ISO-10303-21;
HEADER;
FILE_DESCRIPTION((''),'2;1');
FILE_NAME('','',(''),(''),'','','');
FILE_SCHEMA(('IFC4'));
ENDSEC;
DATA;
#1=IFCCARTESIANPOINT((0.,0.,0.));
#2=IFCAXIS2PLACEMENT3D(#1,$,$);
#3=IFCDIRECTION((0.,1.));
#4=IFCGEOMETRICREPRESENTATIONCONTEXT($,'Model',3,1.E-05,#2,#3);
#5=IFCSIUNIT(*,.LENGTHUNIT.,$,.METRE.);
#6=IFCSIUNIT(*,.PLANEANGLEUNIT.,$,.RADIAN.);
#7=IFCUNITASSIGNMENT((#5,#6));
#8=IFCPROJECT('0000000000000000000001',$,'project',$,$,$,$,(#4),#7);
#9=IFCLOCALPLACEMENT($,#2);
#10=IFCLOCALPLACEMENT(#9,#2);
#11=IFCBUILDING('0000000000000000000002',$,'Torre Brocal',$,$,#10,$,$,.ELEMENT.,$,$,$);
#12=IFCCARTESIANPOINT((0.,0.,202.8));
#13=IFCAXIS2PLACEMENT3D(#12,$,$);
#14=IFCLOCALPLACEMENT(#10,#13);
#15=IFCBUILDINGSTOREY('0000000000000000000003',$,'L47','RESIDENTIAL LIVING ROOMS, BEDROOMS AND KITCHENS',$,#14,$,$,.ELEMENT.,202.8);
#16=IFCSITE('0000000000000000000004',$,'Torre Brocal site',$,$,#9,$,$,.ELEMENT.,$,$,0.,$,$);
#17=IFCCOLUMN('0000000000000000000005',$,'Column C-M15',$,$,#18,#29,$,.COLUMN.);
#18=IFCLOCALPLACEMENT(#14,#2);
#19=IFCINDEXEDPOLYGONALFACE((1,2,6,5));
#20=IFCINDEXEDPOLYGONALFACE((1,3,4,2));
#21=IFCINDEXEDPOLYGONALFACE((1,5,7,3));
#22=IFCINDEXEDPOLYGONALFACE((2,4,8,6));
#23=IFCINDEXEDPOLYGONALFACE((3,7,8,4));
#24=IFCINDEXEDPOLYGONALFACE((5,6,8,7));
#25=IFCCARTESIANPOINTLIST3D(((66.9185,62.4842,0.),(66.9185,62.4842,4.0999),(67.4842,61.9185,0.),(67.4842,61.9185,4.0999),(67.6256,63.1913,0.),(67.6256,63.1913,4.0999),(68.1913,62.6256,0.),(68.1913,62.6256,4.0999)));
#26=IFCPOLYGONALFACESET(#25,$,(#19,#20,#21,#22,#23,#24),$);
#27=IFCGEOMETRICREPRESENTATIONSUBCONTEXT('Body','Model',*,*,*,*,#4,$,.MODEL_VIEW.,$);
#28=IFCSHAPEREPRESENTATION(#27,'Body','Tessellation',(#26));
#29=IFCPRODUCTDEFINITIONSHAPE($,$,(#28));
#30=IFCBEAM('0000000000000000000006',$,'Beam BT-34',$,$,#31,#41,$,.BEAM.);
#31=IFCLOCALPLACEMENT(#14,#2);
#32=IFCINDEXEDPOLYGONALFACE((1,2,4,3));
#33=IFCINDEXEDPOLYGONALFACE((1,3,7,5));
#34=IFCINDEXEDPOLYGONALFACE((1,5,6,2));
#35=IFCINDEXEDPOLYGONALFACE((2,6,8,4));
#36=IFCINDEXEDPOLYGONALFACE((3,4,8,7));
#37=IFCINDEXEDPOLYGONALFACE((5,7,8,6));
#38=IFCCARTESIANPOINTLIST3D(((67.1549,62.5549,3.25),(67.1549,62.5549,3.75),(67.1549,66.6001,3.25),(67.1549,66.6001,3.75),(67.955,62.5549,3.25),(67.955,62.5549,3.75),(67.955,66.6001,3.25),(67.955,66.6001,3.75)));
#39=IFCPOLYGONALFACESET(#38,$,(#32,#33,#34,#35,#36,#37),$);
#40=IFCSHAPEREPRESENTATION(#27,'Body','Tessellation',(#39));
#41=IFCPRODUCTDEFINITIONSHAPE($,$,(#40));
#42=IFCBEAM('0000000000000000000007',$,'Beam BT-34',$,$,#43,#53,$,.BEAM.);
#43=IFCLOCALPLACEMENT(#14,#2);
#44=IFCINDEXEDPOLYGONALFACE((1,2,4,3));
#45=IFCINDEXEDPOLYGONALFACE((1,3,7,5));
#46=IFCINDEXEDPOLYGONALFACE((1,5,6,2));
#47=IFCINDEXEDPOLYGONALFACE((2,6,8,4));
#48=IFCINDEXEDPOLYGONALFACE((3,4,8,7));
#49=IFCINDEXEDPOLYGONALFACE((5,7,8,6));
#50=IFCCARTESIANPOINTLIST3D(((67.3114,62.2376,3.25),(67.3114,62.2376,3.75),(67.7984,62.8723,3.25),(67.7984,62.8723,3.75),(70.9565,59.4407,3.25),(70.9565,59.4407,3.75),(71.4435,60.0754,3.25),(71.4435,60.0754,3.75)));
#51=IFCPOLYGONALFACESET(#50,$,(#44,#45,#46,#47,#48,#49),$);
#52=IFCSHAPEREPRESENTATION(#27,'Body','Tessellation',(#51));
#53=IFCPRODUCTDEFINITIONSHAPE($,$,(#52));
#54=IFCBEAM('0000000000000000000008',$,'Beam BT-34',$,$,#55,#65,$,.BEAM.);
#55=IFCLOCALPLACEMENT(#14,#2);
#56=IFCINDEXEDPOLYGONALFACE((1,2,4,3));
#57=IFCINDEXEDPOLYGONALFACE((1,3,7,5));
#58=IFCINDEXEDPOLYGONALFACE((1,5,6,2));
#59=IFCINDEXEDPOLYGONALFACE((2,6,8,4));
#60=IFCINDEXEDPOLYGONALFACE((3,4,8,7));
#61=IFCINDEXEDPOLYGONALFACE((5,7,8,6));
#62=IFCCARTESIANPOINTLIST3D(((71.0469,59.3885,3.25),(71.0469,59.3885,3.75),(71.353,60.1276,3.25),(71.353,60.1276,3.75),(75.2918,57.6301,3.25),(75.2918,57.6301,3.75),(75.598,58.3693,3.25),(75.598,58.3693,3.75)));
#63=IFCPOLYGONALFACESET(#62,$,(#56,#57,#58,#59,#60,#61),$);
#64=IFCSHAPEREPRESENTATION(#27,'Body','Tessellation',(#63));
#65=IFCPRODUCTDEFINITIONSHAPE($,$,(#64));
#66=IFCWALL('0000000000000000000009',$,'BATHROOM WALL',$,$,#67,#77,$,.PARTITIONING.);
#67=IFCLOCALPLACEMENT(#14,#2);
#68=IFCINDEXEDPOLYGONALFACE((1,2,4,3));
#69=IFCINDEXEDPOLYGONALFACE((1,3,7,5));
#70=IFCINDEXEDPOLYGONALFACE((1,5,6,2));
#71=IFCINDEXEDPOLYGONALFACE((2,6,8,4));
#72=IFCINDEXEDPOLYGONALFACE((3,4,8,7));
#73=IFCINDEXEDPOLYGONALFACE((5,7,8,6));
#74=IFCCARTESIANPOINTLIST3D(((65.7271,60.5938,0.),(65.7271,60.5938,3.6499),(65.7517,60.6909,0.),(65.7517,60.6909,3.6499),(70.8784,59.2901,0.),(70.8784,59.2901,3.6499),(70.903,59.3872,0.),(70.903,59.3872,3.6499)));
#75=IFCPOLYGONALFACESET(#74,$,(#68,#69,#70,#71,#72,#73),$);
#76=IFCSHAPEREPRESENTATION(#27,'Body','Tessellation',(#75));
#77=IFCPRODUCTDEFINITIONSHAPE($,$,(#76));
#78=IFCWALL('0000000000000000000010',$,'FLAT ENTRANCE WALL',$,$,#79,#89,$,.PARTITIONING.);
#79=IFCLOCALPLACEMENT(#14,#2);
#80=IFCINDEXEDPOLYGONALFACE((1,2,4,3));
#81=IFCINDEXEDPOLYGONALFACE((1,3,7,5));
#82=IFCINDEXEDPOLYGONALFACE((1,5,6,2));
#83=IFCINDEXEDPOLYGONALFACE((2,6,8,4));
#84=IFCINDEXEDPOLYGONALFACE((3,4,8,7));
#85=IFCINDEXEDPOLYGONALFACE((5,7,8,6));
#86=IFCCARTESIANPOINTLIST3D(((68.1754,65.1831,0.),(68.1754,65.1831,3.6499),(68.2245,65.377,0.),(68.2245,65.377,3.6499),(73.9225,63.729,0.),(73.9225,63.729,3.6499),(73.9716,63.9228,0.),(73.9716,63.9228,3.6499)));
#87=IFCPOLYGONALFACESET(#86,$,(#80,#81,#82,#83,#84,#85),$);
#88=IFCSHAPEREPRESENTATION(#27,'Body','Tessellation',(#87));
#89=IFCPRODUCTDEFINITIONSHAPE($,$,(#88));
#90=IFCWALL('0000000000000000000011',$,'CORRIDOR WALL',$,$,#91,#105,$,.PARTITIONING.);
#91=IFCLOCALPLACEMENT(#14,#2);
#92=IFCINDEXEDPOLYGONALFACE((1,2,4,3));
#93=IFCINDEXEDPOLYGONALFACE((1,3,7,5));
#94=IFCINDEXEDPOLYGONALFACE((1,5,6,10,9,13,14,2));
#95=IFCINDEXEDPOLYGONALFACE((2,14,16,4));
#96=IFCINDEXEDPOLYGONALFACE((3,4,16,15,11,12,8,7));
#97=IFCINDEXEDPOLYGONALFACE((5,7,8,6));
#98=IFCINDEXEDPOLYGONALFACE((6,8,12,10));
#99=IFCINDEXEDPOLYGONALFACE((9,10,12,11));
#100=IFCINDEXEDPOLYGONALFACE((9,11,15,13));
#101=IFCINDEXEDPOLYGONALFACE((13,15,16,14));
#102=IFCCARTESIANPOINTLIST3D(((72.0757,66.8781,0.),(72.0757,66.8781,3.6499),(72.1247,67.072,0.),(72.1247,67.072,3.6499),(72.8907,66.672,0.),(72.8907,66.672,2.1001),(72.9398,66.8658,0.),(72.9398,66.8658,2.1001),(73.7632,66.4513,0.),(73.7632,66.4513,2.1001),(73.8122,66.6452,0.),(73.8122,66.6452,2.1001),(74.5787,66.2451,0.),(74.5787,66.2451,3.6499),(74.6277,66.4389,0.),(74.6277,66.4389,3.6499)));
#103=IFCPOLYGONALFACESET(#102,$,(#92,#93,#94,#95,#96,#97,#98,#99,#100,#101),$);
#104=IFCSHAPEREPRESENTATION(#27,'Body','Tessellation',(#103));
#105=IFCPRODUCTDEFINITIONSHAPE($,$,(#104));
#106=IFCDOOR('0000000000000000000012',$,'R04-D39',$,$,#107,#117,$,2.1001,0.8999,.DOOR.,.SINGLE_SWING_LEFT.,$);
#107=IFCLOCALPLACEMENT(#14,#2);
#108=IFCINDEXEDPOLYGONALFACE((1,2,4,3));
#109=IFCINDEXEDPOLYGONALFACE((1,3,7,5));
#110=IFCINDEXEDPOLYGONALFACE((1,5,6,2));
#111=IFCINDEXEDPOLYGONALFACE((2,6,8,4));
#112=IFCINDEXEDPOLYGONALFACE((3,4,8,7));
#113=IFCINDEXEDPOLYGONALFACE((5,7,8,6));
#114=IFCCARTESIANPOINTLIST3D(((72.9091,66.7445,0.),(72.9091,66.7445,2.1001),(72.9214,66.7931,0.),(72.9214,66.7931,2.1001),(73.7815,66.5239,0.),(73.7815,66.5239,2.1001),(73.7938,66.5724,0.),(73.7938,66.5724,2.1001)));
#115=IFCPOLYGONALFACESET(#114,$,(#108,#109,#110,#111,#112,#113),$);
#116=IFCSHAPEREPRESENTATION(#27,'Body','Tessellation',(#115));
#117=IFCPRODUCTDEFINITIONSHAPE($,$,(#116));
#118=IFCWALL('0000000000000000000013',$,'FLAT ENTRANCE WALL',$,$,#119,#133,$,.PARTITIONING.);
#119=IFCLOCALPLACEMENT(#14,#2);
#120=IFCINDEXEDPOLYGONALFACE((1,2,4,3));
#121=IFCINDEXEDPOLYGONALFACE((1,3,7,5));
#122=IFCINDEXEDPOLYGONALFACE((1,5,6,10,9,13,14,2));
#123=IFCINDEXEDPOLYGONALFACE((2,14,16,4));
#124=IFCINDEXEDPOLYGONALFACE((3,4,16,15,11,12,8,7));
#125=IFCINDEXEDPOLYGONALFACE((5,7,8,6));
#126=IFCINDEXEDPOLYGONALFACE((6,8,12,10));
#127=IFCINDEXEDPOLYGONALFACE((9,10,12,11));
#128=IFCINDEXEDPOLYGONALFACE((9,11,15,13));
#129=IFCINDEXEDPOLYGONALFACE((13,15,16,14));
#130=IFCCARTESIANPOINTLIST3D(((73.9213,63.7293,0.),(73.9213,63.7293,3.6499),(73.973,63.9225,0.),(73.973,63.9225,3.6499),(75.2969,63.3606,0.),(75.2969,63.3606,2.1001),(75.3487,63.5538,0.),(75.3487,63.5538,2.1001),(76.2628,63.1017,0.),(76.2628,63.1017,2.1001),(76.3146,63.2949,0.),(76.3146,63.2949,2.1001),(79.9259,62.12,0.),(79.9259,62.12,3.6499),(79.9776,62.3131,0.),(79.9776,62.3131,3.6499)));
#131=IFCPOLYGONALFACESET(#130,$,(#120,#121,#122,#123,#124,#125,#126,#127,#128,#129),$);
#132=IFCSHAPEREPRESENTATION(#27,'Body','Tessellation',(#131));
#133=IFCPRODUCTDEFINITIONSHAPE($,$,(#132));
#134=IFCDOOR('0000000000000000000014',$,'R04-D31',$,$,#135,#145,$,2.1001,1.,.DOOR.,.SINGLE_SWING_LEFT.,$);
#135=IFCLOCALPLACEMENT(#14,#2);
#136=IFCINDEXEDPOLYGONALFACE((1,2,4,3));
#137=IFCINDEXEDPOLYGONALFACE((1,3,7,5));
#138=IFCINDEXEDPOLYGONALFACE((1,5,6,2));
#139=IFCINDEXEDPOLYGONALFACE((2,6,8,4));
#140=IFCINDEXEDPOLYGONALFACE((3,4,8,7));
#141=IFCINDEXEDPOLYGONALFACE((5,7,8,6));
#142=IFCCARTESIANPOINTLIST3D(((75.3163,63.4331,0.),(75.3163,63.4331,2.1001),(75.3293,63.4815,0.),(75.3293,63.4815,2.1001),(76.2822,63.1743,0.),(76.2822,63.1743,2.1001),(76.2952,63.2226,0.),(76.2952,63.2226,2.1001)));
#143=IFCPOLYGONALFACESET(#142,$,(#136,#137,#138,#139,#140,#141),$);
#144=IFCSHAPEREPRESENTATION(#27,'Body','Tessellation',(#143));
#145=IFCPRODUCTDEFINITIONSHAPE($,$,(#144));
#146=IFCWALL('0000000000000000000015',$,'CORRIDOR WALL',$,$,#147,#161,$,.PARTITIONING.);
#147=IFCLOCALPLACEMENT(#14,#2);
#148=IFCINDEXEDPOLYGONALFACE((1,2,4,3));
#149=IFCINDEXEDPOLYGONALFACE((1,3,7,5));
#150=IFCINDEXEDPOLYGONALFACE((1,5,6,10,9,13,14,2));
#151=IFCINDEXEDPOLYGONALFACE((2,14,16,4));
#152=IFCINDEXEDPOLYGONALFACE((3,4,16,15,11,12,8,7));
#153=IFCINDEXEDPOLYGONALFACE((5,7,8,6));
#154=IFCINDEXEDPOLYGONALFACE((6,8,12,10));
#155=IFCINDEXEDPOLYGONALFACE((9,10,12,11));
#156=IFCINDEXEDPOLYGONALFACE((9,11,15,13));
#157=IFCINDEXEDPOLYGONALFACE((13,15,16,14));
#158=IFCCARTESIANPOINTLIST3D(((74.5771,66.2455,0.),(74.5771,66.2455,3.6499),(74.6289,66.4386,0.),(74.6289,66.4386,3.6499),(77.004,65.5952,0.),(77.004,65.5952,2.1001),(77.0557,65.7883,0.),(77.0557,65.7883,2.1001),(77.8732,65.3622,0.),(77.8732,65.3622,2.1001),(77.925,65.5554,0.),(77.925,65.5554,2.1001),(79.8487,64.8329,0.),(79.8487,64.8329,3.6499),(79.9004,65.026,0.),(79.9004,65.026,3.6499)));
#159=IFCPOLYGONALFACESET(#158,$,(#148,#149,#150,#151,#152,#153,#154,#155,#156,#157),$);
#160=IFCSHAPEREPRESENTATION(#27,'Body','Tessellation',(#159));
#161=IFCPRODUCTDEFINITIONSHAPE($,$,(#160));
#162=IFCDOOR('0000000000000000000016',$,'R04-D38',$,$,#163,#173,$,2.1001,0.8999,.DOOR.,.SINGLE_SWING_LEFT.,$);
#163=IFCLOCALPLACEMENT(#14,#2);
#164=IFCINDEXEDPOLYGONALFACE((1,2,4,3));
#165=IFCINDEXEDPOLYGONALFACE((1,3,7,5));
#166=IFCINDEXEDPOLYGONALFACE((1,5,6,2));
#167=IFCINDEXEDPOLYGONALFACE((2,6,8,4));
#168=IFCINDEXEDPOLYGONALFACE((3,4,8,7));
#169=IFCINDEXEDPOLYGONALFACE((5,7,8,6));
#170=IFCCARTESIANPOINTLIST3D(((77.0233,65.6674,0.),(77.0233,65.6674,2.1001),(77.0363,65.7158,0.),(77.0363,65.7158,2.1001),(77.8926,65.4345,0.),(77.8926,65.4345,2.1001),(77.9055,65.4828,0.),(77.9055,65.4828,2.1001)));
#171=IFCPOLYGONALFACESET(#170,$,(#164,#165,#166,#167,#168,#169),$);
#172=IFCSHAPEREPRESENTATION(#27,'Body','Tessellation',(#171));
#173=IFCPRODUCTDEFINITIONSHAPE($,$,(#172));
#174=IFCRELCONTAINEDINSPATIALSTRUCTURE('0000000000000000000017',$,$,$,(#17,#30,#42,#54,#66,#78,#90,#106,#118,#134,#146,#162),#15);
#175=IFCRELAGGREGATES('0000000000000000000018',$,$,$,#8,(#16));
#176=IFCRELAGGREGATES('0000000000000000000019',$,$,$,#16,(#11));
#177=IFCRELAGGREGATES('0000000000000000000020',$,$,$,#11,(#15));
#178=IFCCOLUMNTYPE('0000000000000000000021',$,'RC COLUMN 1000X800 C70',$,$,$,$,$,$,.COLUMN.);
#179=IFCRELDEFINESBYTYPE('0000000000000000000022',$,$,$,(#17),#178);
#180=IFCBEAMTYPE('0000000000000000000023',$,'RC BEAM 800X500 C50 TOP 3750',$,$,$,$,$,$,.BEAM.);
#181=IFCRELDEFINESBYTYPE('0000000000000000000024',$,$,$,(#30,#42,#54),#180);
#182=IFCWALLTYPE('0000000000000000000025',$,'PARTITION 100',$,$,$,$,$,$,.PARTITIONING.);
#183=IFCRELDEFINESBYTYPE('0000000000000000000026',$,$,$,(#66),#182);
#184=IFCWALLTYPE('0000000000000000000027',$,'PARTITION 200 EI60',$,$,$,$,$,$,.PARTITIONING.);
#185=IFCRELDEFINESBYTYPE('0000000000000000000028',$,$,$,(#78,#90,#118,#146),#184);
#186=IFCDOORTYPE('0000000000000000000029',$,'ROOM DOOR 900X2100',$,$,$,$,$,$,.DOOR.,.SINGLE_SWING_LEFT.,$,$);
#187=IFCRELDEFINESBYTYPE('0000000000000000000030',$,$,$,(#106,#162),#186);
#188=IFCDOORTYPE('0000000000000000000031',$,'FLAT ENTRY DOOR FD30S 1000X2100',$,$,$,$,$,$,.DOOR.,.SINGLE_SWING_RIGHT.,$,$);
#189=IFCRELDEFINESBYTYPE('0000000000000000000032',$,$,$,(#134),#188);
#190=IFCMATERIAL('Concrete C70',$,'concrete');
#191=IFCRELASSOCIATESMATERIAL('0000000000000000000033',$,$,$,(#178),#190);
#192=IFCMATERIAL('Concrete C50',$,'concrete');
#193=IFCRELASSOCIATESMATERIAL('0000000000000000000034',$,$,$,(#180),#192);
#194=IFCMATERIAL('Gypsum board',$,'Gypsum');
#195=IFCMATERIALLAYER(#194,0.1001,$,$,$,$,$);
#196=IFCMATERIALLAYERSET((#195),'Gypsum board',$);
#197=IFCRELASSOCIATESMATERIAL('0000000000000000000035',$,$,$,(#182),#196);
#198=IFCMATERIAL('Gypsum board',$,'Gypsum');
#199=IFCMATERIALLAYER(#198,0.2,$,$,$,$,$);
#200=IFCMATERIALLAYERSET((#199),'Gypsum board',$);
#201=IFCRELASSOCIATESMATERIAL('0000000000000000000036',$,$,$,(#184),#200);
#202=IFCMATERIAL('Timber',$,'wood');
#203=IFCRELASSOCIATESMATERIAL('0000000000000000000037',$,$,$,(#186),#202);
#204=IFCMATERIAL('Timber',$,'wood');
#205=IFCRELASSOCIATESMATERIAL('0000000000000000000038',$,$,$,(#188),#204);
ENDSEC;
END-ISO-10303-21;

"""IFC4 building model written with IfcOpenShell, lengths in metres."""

from ifc_helpers import new_model, si_unit, direction, frame, frame_2d, origin, origin_2d, place, context, subcontext, project, spatial, rectangle, extrude, material, layer, layer_set, material_profile, profile_set, type_object, element, fill, save


model = new_model("IFC4")

# Units and contexts
model_context = context("Model", 3, precision=1e-05, world=origin(), true_north=direction((0.0, 1.0)))
body_context = subcontext(model_context, "Body", "Model", "MODEL_VIEW")
ifc_project = project(units=[si_unit("LENGTHUNIT", "METRE"), si_unit("PLANEANGLEUNIT", "RADIAN")], contexts=[model_context])

# Site, building, storey
site_placement = place(None, origin())
site = spatial("IfcSite", under=ifc_project, at=site_placement, Name="Torre Brocal site", CompositionType="ELEMENT", RefElevation=0.0)
building_placement = place(site_placement, origin())
building = spatial("IfcBuilding", under=site, at=building_placement, Name="Torre Brocal", CompositionType="ELEMENT")
storey_placement = place(building_placement, frame((0.0, 0.0, 202.8)))
storey = spatial("IfcBuildingStorey", under=building, at=storey_placement, Name="L47", Description="RESIDENTIAL LIVING ROOMS, BEDROOMS AND KITCHENS", CompositionType="ELEMENT", Elevation=202.8)

# Column
ifc_material_1 = material(Name="Concrete C70", Category="concrete")
ifc_material_profile_1 = material_profile(ifc_material_1, rectangle(XDim=1.0, YDim=0.8, at=origin_2d()), Name="RC 1000X800")
ifc_profile_set_1 = profile_set([ifc_material_profile_1], Name="Concrete C70")
column_type = type_object("IfcColumnType", Name="RC COLUMN 1000X800 C70", PredefinedType="COLUMN", material=ifc_profile_set_1)
column_placement = place(storey_placement, frame((67.5549, 62.5549, 0.0), z_axis=(0.0, 0.0, 1.0), x_axis=(-0.707107, -0.707107, 0.0)))
element("IfcColumn", 1, at=column_placement, inside=storey, type_object=column_type, Name="Column C-M15", PredefinedType="COLUMN", context=body_context, shape_type="SweptSolid", body=[
    extrude(rectangle(XDim=1.0, YDim=0.8, at=origin_2d()), origin(), (0.0, 0.0, 1.0), 4.0999),
])

# Beams
ifc_material_2 = material(Name="Concrete C50", Category="concrete")
ifc_material_profile_2 = material_profile(ifc_material_2, rectangle(XDim=0.8, YDim=0.5, at=origin_2d()), Name="RC 800X500")
ifc_profile_set_2 = profile_set([ifc_material_profile_2], Name="Concrete C50")
beam_type = type_object("IfcBeamType", Name="RC BEAM 800X500 C50 TOP 3750", PredefinedType="BEAM", material=ifc_profile_set_2)
beam_1_placement = place(storey_placement, frame((67.5549, 62.5549, 3.5), z_axis=(0.0, 1.0, 0.0), x_axis=(-1.0, 0.0, 0.0)))
element("IfcBeam", 2, at=beam_1_placement, inside=storey, type_object=beam_type, Name="Beam BT-34", PredefinedType="BEAM", context=body_context, shape_type="SweptSolid", body=[
    extrude(rectangle(XDim=0.8, YDim=0.5, at=origin_2d()), origin(), (0.0, 0.0, 1.0), 4.0452),
])
beam_2_placement = place(storey_placement, frame((67.5549, 62.5549, 3.5), z_axis=(0.793358, -0.608755, 0.0), x_axis=(0.608755, 0.793358, 0.0)))
element("IfcBeam", 3, at=beam_2_placement, inside=storey, type_object=beam_type, Name="Beam BT-34", PredefinedType="BEAM", context=body_context, shape_type="SweptSolid", body=[
    extrude(rectangle(XDim=0.8, YDim=0.5, at=origin_2d()), origin(), (0.0, 0.0, 1.0), 4.5945),
])
beam_3_placement = place(storey_placement, frame((71.2, 59.7581, 3.5), z_axis=(0.923878, -0.382687, 0.0), x_axis=(0.382687, 0.923878, 0.0)))
element("IfcBeam", 4, at=beam_3_placement, inside=storey, type_object=beam_type, Name="Beam BT-34", PredefinedType="BEAM", context=body_context, shape_type="SweptSolid", body=[
    extrude(rectangle(XDim=0.8, YDim=0.5, at=origin_2d()), origin(), (0.0, 0.0, 1.0), 4.5947),
])

# Walls
ifc_material_3 = material(Name="Gypsum board", Category="Gypsum")
ifc_layer_1 = layer(ifc_material_3, 0.1001)
ifc_layer_set_1 = layer_set([ifc_layer_1], Name="Gypsum board")
wall_type_1 = type_object("IfcWallType", Name="PARTITION 100", PredefinedType="PARTITIONING", material=ifc_layer_set_1)
wall_1_placement = place(storey_placement, frame((65.7395, 60.6423, 0.0), z_axis=(0.0, 0.0, 1.0), x_axis=(0.969436, -0.245345, 0.0)))
element("IfcWall", 5, at=wall_1_placement, inside=storey, type_object=wall_type_1, Name="BATHROOM WALL", PredefinedType="PARTITIONING", context=body_context, shape_type="SweptSolid", body=[
    extrude(rectangle(XDim=5.3137, YDim=0.1001, at=frame_2d((2.6567, 0.0))), origin(), (0.0, 0.0, 1.0), 3.6499),
])
ifc_material_4 = material(Name="Gypsum board", Category="Gypsum")
ifc_layer_2 = layer(ifc_material_4, 0.2)
ifc_layer_set_2 = layer_set([ifc_layer_2], Name="Gypsum board")
wall_type_2 = type_object("IfcWallType", Name="PARTITION 200 EI60", PredefinedType="PARTITIONING", material=ifc_layer_set_2)
wall_2_placement = place(storey_placement, frame((68.2, 65.28, 0.0), z_axis=(0.0, 0.0, 1.0), x_axis=(0.969451, -0.245287, 0.0)))
element("IfcWall", 6, at=wall_2_placement, inside=storey, type_object=wall_type_2, Name="FLAT ENTRANCE WALL", PredefinedType="PARTITIONING", context=body_context, shape_type="SweptSolid", body=[
    extrude(rectangle(XDim=5.9282, YDim=0.2, at=frame_2d((2.9641, 0.0))), origin(), (0.0, 0.0, 1.0), 3.6499),
])

# Walls, openings, doors
wall_3_placement = place(storey_placement, frame((72.1001, 66.9751, 0.0), z_axis=(0.0, 0.0, 1.0), x_axis=(0.969471, -0.245205, 0.0)))
wall_3 = element("IfcWall", 7, at=wall_3_placement, inside=storey, type_object=wall_type_2, Name="CORRIDOR WALL", PredefinedType="PARTITIONING", context=body_context, shape_type="SweptSolid", body=[
    extrude(rectangle(XDim=2.5818, YDim=0.2, at=frame_2d((1.291, 0.0))), origin(), (0.0, 0.0, 1.0), 3.6499),
])
opening_1_placement = place(wall_3_placement, frame((0.8408, 0.0, 0.0)))
opening_1 = element("IfcOpeningElement", 8, at=opening_1_placement, cuts=wall_3, PredefinedType="OPENING", context=body_context, shape_type="SweptSolid", body=[
    extrude(rectangle(XDim=0.8999, YDim=2.1001, at=frame_2d((0.45, 1.05))), frame((0.0, 0.1099, 0.0), z_axis=(0.0, -1.0, 0.0), x_axis=(1.0, 0.0, 0.0)), (0.0, 0.0, 1.0), 0.22),
])
ifc_material_5 = material(Name="Timber", Category="wood")
door_type_1 = type_object("IfcDoorType", Name="ROOM DOOR 900X2100", OperationType="SINGLE_SWING_LEFT", PredefinedType="DOOR", material=ifc_material_5)
door_1_placement = place(opening_1_placement, origin())
door_1 = element("IfcDoor", 9, at=door_1_placement, inside=storey, type_object=door_type_1, Name="R04-D39", OperationType="SINGLE_SWING_LEFT", OverallHeight=2.1001, OverallWidth=0.8999, PredefinedType="DOOR", context=body_context, shape_type="SweptSolid", body=[
    extrude(rectangle(XDim=0.8999, YDim=2.1001, at=frame_2d((0.45, 1.05))), frame((0.0, 0.0249, 0.0), z_axis=(0.0, -1.0, 0.0), x_axis=(1.0, 0.0, 0.0)), (0.0, 0.0, 1.0), 0.05),
])
fill(opening_1, door_1)
wall_4_placement = place(storey_placement, frame((73.947, 63.8259, 0.0), z_axis=(0.0, 0.0, 1.0), x_axis=(0.965908, -0.258885, 0.0)))
wall_4 = element("IfcWall", 10, at=wall_4_placement, inside=storey, type_object=wall_type_2, Name="FLAT ENTRANCE WALL", PredefinedType="PARTITIONING", context=body_context, shape_type="SweptSolid", body=[
    extrude(rectangle(XDim=6.2166, YDim=0.2, at=frame_2d((3.1084, 0.0))), origin(), (0.0, 0.0, 1.0), 3.6499),
])
opening_2_placement = place(wall_4_placement, frame((1.4243, 0.0, 0.0)))
opening_2 = element("IfcOpeningElement", 11, at=opening_2_placement, cuts=wall_4, PredefinedType="OPENING", context=body_context, shape_type="SweptSolid", body=[
    extrude(rectangle(XDim=1.0, YDim=2.1001, at=frame_2d((0.5, 1.05))), frame((0.0, 0.1099, 0.0), z_axis=(0.0, -1.0, 0.0), x_axis=(1.0, 0.0, 0.0)), (0.0, 0.0, 1.0), 0.22),
])
ifc_material_6 = material(Name="Timber", Category="wood")
door_type_2 = type_object("IfcDoorType", Name="FLAT ENTRY DOOR FD30S 1000X2100", OperationType="SINGLE_SWING_RIGHT", PredefinedType="DOOR", material=ifc_material_6)
door_2_placement = place(opening_2_placement, frame((1.0, 0.0, 0.0), z_axis=(0.0, 0.0, 1.0), x_axis=(-1.0, 0.0, 0.0)))
door_2 = element("IfcDoor", 12, at=door_2_placement, inside=storey, type_object=door_type_2, Name="R04-D31", OperationType="SINGLE_SWING_LEFT", OverallHeight=2.1001, OverallWidth=1.0, PredefinedType="DOOR", context=body_context, shape_type="SweptSolid", body=[
    extrude(rectangle(XDim=1.0, YDim=2.1001, at=frame_2d((0.5, 1.05))), frame((0.0, 0.0249, 0.0), z_axis=(0.0, -1.0, 0.0), x_axis=(1.0, 0.0, 0.0)), (0.0, 0.0, 1.0), 0.05),
])
fill(opening_2, door_2)
wall_5_placement = place(storey_placement, frame((74.603, 66.342, 0.0), z_axis=(0.0, 0.0, 1.0), x_axis=(0.965921, -0.258837, 0.0)))
wall_5 = element("IfcWall", 13, at=wall_5_placement, inside=storey, type_object=wall_type_2, Name="CORRIDOR WALL", PredefinedType="PARTITIONING", context=body_context, shape_type="SweptSolid", body=[
    extrude(rectangle(XDim=5.4575, YDim=0.2, at=frame_2d((2.7288, 0.0))), origin(), (0.0, 0.0, 1.0), 3.6499),
])
opening_3_placement = place(wall_5_placement, frame((2.5125, 0.0, 0.0)))
opening_3 = element("IfcOpeningElement", 14, at=opening_3_placement, cuts=wall_5, PredefinedType="OPENING", context=body_context, shape_type="SweptSolid", body=[
    extrude(rectangle(XDim=0.8999, YDim=2.1001, at=frame_2d((0.45, 1.05))), frame((0.0, 0.1099, 0.0), z_axis=(0.0, -1.0, 0.0), x_axis=(1.0, 0.0, 0.0)), (0.0, 0.0, 1.0), 0.22),
])
door_3_placement = place(opening_3_placement, origin())
door_3 = element("IfcDoor", 15, at=door_3_placement, inside=storey, type_object=door_type_1, Name="R04-D38", OperationType="SINGLE_SWING_LEFT", OverallHeight=2.1001, OverallWidth=0.8999, PredefinedType="DOOR", context=body_context, shape_type="SweptSolid", body=[
    extrude(rectangle(XDim=0.8999, YDim=2.1001, at=frame_2d((0.45, 1.05))), frame((0.0, 0.0249, 0.0), z_axis=(0.0, -1.0, 0.0), x_axis=(1.0, 0.0, 0.0)), (0.0, 0.0, 1.0), 0.05),
])
fill(opening_3, door_3)

save(model, "model.ifc")
